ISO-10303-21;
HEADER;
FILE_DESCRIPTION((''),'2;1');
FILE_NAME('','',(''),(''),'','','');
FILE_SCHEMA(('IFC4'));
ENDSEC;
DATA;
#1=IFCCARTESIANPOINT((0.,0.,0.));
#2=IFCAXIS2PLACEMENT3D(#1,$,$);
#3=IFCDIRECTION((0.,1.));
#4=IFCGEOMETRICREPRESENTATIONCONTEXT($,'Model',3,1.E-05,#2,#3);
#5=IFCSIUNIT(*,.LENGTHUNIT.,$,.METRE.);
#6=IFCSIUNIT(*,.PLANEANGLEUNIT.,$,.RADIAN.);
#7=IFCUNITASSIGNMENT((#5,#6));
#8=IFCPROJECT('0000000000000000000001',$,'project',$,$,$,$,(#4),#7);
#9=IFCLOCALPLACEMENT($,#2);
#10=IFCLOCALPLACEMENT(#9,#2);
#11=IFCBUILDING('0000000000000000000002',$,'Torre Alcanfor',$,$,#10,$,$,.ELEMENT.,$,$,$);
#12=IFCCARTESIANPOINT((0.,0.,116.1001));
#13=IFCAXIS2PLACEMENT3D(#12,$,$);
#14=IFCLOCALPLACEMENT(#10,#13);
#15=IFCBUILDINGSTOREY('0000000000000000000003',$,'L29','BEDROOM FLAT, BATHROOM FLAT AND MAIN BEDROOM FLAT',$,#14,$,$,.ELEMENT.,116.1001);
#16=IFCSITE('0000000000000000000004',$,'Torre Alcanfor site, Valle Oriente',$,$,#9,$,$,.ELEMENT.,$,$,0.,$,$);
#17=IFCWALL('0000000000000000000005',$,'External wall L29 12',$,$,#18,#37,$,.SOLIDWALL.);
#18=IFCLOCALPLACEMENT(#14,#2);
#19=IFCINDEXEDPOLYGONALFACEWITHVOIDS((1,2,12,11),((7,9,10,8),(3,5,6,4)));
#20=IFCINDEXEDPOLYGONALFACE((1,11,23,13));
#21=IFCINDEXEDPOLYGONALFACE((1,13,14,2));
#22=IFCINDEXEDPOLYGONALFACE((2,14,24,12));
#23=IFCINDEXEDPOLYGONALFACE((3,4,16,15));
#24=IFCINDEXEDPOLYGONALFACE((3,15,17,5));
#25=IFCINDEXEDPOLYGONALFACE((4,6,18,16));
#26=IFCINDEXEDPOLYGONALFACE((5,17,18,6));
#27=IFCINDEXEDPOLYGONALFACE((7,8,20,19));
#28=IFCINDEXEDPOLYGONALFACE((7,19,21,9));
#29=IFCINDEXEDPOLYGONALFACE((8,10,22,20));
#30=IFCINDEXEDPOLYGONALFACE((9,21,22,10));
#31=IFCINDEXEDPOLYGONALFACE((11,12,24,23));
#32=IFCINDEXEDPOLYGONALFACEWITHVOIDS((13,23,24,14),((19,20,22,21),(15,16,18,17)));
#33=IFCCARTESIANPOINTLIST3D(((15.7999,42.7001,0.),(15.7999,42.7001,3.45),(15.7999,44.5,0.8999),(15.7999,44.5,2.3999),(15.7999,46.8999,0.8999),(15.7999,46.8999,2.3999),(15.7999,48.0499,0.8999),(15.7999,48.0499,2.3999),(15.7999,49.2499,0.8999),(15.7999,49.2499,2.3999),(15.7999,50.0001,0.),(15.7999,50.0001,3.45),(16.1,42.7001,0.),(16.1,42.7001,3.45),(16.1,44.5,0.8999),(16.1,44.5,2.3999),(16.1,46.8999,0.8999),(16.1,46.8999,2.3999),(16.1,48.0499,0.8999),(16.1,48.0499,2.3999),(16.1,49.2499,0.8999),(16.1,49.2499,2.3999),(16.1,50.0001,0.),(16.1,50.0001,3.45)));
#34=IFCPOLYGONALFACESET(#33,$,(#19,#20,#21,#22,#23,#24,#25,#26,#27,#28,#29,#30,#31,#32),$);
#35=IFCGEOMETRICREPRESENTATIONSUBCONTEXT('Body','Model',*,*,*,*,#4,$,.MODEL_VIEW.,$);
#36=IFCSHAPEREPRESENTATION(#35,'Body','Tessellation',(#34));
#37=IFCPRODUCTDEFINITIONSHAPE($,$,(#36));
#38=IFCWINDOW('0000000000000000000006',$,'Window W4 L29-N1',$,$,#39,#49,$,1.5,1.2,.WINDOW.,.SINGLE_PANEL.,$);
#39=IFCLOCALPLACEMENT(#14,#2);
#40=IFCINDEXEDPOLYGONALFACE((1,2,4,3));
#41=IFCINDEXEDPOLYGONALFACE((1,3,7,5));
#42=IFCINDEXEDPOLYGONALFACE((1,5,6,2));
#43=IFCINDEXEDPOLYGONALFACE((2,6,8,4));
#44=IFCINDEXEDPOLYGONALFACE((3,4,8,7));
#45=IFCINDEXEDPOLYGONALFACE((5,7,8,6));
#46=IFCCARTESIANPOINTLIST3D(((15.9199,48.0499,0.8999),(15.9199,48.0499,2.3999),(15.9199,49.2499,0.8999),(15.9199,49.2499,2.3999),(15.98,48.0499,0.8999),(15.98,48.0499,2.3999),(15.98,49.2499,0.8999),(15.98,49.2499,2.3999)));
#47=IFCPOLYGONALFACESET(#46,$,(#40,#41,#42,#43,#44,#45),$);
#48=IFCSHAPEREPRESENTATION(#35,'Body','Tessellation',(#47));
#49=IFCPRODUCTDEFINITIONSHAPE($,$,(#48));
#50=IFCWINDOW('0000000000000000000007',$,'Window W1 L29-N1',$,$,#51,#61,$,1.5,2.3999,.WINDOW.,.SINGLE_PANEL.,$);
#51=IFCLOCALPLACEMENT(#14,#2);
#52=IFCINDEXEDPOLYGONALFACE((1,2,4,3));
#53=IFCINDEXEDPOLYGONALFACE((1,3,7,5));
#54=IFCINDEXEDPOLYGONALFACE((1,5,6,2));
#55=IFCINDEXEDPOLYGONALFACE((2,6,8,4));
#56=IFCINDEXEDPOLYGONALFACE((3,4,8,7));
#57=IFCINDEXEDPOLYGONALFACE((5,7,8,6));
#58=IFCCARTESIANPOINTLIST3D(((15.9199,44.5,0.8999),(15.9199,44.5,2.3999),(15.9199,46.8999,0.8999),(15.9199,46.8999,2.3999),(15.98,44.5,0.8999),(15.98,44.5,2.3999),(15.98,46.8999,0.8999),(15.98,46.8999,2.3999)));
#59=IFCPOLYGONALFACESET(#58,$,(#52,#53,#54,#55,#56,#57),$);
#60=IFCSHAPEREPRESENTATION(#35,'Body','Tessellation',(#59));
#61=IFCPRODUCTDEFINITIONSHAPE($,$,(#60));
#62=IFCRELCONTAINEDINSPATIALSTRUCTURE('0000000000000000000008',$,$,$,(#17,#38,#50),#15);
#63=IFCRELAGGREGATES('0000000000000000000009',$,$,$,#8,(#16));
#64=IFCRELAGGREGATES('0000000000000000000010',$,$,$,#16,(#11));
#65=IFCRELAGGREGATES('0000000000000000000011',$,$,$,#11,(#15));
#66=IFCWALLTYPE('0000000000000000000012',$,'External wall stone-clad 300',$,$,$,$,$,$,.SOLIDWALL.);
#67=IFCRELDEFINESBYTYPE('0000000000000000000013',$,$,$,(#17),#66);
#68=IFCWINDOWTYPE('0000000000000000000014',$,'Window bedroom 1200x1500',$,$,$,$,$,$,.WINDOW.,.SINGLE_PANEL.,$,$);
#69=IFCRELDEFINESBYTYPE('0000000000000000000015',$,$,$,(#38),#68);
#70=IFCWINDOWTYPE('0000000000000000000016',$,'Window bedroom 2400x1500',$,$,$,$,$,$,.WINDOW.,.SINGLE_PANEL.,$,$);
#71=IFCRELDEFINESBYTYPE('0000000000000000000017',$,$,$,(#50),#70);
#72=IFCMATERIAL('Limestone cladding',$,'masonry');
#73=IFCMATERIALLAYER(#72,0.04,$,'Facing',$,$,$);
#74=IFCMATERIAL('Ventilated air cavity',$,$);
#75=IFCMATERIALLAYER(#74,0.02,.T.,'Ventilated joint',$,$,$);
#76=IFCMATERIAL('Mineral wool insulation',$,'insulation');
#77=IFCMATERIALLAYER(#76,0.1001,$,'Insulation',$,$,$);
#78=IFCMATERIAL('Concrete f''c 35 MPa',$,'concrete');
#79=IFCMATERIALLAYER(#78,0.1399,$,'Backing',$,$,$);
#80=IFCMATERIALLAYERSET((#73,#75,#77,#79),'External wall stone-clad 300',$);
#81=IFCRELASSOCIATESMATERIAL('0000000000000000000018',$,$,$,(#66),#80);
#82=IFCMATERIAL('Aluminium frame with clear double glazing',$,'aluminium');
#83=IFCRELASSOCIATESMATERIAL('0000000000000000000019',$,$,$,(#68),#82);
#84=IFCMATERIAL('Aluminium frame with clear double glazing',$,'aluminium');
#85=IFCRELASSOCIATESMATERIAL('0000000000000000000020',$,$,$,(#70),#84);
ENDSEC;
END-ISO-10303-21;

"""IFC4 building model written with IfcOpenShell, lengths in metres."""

from ifc_helpers import new_model, si_unit, direction, frame, frame_2d, origin, place, context, subcontext, project, spatial, rectangle, extrude, material, layer, layer_set, type_object, element, fill, save


model = new_model("IFC4")

# Units and contexts
model_context = context("Model", 3, precision=1e-05, world=origin(), true_north=direction((0.0, 1.0)))
body_context = subcontext(model_context, "Body", "Model", "MODEL_VIEW")
ifc_project = project(units=[si_unit("LENGTHUNIT", "METRE"), si_unit("PLANEANGLEUNIT", "RADIAN")], contexts=[model_context])

# Site, building, storey
site_placement = place(None, origin())
site = spatial("IfcSite", under=ifc_project, at=site_placement, Name="Torre Alcanfor site, Valle Oriente", CompositionType="ELEMENT", RefElevation=0.0)
building_placement = place(site_placement, origin())
building = spatial("IfcBuilding", under=site, at=building_placement, Name="Torre Alcanfor", CompositionType="ELEMENT")
storey_placement = place(building_placement, frame((0.0, 0.0, 116.1001)))
storey = spatial("IfcBuildingStorey", under=building, at=storey_placement, Name="L29", Description="BEDROOM FLAT, BATHROOM FLAT AND MAIN BEDROOM FLAT", CompositionType="ELEMENT", Elevation=116.1001)

# Shared definitions
ifc_material_1 = material(Name="Limestone cladding", Category="masonry")
ifc_layer_1 = layer(ifc_material_1, 0.04, Name="Facing")
ifc_material_2 = material(Name="Ventilated air cavity")
ifc_layer_2 = layer(ifc_material_2, 0.02, ventilated=True, Name="Ventilated joint")
ifc_material_3 = material(Name="Mineral wool insulation", Category="insulation")
ifc_layer_3 = layer(ifc_material_3, 0.1001, Name="Insulation")
ifc_material_4 = material(Name="Concrete f'c 35 MPa", Category="concrete")
ifc_layer_4 = layer(ifc_material_4, 0.1399, Name="Backing")
ifc_layer_set_1 = layer_set([ifc_layer_1, ifc_layer_2, ifc_layer_3, ifc_layer_4], Name="External wall stone-clad 300")
wall_type_1 = type_object("IfcWallType", Name="External wall stone-clad 300", PredefinedType="SOLIDWALL", material=ifc_layer_set_1)
ifc_material_5 = material(Name="Aluminium frame with clear double glazing", Category="aluminium")
window_type_1 = type_object("IfcWindowType", Name="Window bedroom 1200x1500", PartitioningType="SINGLE_PANEL", PredefinedType="WINDOW", material=ifc_material_5)

# Wall, openings, windows
wall_1_placement = place(storey_placement, frame((15.95, 50.0, 0.0), z_axis=(0.0, 0.0, 1.0), x_axis=(0.0, -1.0, 0.0)))
wall_1 = element("IfcWall", 1, at=wall_1_placement, inside=storey, type_object=wall_type_1, Name="External wall L29 12", PredefinedType="SOLIDWALL", context=body_context, shape_type="SweptSolid", body=[
    extrude(rectangle(XDim=7.3, YDim=0.3, at=frame_2d((3.6499, 0.0))), origin(), (0.0, 0.0, 1.0), 3.45),
])
opening_1_placement = place(wall_1_placement, frame((3.1001, 0.0, 0.8999)))
opening_1 = element("IfcOpeningElement", 2, at=opening_1_placement, cuts=wall_1, PredefinedType="OPENING", context=body_context, shape_type="SweptSolid", body=[
    extrude(rectangle(XDim=2.3999, YDim=1.5, at=frame_2d((1.2, 0.75))), frame((0.0, 0.1599, 0.0), z_axis=(0.0, -1.0, 0.0), x_axis=(1.0, 0.0, 0.0)), (0.0, 0.0, 1.0), 0.3201),
])
opening_2_placement = place(wall_1_placement, frame((0.75, 0.0, 0.8999)))
opening_2 = element("IfcOpeningElement", 3, at=opening_2_placement, cuts=wall_1, PredefinedType="OPENING", context=body_context, shape_type="SweptSolid", body=[
    extrude(rectangle(XDim=1.2, YDim=1.5, at=frame_2d((0.6001, 0.75))), frame((0.0, 0.1599, 0.0), z_axis=(0.0, -1.0, 0.0), x_axis=(1.0, 0.0, 0.0)), (0.0, 0.0, 1.0), 0.3201),
])
window_1_placement = place(opening_2_placement, origin())
window_1 = element("IfcWindow", 4, at=window_1_placement, inside=storey, type_object=window_type_1, Name="Window W4 L29-N1", OverallHeight=1.5, OverallWidth=1.2, PartitioningType="SINGLE_PANEL", PredefinedType="WINDOW", context=body_context, shape_type="SweptSolid", body=[
    extrude(rectangle(XDim=1.2, YDim=1.5, at=frame_2d((0.6001, 0.75))), frame((0.0, 0.03, 0.0), z_axis=(0.0, -1.0, 0.0), x_axis=(1.0, 0.0, 0.0)), (0.0, 0.0, 1.0), 0.0601),
])
fill(opening_2, window_1)
ifc_material_6 = material(Name="Aluminium frame with clear double glazing", Category="aluminium")
window_type_2 = type_object("IfcWindowType", Name="Window bedroom 2400x1500", PartitioningType="SINGLE_PANEL", PredefinedType="WINDOW", material=ifc_material_6)
window_2_placement = place(opening_1_placement, origin())
window_2 = element("IfcWindow", 5, at=window_2_placement, inside=storey, type_object=window_type_2, Name="Window W1 L29-N1", OverallHeight=1.5, OverallWidth=2.3999, PartitioningType="SINGLE_PANEL", PredefinedType="WINDOW", context=body_context, shape_type="SweptSolid", body=[
    extrude(rectangle(XDim=2.3999, YDim=1.5, at=frame_2d((1.2, 0.75))), frame((0.0, 0.03, 0.0), z_axis=(0.0, -1.0, 0.0), x_axis=(1.0, 0.0, 0.0)), (0.0, 0.0, 1.0), 0.0601),
])
fill(opening_1, window_2)

save(model, "model.ifc")
